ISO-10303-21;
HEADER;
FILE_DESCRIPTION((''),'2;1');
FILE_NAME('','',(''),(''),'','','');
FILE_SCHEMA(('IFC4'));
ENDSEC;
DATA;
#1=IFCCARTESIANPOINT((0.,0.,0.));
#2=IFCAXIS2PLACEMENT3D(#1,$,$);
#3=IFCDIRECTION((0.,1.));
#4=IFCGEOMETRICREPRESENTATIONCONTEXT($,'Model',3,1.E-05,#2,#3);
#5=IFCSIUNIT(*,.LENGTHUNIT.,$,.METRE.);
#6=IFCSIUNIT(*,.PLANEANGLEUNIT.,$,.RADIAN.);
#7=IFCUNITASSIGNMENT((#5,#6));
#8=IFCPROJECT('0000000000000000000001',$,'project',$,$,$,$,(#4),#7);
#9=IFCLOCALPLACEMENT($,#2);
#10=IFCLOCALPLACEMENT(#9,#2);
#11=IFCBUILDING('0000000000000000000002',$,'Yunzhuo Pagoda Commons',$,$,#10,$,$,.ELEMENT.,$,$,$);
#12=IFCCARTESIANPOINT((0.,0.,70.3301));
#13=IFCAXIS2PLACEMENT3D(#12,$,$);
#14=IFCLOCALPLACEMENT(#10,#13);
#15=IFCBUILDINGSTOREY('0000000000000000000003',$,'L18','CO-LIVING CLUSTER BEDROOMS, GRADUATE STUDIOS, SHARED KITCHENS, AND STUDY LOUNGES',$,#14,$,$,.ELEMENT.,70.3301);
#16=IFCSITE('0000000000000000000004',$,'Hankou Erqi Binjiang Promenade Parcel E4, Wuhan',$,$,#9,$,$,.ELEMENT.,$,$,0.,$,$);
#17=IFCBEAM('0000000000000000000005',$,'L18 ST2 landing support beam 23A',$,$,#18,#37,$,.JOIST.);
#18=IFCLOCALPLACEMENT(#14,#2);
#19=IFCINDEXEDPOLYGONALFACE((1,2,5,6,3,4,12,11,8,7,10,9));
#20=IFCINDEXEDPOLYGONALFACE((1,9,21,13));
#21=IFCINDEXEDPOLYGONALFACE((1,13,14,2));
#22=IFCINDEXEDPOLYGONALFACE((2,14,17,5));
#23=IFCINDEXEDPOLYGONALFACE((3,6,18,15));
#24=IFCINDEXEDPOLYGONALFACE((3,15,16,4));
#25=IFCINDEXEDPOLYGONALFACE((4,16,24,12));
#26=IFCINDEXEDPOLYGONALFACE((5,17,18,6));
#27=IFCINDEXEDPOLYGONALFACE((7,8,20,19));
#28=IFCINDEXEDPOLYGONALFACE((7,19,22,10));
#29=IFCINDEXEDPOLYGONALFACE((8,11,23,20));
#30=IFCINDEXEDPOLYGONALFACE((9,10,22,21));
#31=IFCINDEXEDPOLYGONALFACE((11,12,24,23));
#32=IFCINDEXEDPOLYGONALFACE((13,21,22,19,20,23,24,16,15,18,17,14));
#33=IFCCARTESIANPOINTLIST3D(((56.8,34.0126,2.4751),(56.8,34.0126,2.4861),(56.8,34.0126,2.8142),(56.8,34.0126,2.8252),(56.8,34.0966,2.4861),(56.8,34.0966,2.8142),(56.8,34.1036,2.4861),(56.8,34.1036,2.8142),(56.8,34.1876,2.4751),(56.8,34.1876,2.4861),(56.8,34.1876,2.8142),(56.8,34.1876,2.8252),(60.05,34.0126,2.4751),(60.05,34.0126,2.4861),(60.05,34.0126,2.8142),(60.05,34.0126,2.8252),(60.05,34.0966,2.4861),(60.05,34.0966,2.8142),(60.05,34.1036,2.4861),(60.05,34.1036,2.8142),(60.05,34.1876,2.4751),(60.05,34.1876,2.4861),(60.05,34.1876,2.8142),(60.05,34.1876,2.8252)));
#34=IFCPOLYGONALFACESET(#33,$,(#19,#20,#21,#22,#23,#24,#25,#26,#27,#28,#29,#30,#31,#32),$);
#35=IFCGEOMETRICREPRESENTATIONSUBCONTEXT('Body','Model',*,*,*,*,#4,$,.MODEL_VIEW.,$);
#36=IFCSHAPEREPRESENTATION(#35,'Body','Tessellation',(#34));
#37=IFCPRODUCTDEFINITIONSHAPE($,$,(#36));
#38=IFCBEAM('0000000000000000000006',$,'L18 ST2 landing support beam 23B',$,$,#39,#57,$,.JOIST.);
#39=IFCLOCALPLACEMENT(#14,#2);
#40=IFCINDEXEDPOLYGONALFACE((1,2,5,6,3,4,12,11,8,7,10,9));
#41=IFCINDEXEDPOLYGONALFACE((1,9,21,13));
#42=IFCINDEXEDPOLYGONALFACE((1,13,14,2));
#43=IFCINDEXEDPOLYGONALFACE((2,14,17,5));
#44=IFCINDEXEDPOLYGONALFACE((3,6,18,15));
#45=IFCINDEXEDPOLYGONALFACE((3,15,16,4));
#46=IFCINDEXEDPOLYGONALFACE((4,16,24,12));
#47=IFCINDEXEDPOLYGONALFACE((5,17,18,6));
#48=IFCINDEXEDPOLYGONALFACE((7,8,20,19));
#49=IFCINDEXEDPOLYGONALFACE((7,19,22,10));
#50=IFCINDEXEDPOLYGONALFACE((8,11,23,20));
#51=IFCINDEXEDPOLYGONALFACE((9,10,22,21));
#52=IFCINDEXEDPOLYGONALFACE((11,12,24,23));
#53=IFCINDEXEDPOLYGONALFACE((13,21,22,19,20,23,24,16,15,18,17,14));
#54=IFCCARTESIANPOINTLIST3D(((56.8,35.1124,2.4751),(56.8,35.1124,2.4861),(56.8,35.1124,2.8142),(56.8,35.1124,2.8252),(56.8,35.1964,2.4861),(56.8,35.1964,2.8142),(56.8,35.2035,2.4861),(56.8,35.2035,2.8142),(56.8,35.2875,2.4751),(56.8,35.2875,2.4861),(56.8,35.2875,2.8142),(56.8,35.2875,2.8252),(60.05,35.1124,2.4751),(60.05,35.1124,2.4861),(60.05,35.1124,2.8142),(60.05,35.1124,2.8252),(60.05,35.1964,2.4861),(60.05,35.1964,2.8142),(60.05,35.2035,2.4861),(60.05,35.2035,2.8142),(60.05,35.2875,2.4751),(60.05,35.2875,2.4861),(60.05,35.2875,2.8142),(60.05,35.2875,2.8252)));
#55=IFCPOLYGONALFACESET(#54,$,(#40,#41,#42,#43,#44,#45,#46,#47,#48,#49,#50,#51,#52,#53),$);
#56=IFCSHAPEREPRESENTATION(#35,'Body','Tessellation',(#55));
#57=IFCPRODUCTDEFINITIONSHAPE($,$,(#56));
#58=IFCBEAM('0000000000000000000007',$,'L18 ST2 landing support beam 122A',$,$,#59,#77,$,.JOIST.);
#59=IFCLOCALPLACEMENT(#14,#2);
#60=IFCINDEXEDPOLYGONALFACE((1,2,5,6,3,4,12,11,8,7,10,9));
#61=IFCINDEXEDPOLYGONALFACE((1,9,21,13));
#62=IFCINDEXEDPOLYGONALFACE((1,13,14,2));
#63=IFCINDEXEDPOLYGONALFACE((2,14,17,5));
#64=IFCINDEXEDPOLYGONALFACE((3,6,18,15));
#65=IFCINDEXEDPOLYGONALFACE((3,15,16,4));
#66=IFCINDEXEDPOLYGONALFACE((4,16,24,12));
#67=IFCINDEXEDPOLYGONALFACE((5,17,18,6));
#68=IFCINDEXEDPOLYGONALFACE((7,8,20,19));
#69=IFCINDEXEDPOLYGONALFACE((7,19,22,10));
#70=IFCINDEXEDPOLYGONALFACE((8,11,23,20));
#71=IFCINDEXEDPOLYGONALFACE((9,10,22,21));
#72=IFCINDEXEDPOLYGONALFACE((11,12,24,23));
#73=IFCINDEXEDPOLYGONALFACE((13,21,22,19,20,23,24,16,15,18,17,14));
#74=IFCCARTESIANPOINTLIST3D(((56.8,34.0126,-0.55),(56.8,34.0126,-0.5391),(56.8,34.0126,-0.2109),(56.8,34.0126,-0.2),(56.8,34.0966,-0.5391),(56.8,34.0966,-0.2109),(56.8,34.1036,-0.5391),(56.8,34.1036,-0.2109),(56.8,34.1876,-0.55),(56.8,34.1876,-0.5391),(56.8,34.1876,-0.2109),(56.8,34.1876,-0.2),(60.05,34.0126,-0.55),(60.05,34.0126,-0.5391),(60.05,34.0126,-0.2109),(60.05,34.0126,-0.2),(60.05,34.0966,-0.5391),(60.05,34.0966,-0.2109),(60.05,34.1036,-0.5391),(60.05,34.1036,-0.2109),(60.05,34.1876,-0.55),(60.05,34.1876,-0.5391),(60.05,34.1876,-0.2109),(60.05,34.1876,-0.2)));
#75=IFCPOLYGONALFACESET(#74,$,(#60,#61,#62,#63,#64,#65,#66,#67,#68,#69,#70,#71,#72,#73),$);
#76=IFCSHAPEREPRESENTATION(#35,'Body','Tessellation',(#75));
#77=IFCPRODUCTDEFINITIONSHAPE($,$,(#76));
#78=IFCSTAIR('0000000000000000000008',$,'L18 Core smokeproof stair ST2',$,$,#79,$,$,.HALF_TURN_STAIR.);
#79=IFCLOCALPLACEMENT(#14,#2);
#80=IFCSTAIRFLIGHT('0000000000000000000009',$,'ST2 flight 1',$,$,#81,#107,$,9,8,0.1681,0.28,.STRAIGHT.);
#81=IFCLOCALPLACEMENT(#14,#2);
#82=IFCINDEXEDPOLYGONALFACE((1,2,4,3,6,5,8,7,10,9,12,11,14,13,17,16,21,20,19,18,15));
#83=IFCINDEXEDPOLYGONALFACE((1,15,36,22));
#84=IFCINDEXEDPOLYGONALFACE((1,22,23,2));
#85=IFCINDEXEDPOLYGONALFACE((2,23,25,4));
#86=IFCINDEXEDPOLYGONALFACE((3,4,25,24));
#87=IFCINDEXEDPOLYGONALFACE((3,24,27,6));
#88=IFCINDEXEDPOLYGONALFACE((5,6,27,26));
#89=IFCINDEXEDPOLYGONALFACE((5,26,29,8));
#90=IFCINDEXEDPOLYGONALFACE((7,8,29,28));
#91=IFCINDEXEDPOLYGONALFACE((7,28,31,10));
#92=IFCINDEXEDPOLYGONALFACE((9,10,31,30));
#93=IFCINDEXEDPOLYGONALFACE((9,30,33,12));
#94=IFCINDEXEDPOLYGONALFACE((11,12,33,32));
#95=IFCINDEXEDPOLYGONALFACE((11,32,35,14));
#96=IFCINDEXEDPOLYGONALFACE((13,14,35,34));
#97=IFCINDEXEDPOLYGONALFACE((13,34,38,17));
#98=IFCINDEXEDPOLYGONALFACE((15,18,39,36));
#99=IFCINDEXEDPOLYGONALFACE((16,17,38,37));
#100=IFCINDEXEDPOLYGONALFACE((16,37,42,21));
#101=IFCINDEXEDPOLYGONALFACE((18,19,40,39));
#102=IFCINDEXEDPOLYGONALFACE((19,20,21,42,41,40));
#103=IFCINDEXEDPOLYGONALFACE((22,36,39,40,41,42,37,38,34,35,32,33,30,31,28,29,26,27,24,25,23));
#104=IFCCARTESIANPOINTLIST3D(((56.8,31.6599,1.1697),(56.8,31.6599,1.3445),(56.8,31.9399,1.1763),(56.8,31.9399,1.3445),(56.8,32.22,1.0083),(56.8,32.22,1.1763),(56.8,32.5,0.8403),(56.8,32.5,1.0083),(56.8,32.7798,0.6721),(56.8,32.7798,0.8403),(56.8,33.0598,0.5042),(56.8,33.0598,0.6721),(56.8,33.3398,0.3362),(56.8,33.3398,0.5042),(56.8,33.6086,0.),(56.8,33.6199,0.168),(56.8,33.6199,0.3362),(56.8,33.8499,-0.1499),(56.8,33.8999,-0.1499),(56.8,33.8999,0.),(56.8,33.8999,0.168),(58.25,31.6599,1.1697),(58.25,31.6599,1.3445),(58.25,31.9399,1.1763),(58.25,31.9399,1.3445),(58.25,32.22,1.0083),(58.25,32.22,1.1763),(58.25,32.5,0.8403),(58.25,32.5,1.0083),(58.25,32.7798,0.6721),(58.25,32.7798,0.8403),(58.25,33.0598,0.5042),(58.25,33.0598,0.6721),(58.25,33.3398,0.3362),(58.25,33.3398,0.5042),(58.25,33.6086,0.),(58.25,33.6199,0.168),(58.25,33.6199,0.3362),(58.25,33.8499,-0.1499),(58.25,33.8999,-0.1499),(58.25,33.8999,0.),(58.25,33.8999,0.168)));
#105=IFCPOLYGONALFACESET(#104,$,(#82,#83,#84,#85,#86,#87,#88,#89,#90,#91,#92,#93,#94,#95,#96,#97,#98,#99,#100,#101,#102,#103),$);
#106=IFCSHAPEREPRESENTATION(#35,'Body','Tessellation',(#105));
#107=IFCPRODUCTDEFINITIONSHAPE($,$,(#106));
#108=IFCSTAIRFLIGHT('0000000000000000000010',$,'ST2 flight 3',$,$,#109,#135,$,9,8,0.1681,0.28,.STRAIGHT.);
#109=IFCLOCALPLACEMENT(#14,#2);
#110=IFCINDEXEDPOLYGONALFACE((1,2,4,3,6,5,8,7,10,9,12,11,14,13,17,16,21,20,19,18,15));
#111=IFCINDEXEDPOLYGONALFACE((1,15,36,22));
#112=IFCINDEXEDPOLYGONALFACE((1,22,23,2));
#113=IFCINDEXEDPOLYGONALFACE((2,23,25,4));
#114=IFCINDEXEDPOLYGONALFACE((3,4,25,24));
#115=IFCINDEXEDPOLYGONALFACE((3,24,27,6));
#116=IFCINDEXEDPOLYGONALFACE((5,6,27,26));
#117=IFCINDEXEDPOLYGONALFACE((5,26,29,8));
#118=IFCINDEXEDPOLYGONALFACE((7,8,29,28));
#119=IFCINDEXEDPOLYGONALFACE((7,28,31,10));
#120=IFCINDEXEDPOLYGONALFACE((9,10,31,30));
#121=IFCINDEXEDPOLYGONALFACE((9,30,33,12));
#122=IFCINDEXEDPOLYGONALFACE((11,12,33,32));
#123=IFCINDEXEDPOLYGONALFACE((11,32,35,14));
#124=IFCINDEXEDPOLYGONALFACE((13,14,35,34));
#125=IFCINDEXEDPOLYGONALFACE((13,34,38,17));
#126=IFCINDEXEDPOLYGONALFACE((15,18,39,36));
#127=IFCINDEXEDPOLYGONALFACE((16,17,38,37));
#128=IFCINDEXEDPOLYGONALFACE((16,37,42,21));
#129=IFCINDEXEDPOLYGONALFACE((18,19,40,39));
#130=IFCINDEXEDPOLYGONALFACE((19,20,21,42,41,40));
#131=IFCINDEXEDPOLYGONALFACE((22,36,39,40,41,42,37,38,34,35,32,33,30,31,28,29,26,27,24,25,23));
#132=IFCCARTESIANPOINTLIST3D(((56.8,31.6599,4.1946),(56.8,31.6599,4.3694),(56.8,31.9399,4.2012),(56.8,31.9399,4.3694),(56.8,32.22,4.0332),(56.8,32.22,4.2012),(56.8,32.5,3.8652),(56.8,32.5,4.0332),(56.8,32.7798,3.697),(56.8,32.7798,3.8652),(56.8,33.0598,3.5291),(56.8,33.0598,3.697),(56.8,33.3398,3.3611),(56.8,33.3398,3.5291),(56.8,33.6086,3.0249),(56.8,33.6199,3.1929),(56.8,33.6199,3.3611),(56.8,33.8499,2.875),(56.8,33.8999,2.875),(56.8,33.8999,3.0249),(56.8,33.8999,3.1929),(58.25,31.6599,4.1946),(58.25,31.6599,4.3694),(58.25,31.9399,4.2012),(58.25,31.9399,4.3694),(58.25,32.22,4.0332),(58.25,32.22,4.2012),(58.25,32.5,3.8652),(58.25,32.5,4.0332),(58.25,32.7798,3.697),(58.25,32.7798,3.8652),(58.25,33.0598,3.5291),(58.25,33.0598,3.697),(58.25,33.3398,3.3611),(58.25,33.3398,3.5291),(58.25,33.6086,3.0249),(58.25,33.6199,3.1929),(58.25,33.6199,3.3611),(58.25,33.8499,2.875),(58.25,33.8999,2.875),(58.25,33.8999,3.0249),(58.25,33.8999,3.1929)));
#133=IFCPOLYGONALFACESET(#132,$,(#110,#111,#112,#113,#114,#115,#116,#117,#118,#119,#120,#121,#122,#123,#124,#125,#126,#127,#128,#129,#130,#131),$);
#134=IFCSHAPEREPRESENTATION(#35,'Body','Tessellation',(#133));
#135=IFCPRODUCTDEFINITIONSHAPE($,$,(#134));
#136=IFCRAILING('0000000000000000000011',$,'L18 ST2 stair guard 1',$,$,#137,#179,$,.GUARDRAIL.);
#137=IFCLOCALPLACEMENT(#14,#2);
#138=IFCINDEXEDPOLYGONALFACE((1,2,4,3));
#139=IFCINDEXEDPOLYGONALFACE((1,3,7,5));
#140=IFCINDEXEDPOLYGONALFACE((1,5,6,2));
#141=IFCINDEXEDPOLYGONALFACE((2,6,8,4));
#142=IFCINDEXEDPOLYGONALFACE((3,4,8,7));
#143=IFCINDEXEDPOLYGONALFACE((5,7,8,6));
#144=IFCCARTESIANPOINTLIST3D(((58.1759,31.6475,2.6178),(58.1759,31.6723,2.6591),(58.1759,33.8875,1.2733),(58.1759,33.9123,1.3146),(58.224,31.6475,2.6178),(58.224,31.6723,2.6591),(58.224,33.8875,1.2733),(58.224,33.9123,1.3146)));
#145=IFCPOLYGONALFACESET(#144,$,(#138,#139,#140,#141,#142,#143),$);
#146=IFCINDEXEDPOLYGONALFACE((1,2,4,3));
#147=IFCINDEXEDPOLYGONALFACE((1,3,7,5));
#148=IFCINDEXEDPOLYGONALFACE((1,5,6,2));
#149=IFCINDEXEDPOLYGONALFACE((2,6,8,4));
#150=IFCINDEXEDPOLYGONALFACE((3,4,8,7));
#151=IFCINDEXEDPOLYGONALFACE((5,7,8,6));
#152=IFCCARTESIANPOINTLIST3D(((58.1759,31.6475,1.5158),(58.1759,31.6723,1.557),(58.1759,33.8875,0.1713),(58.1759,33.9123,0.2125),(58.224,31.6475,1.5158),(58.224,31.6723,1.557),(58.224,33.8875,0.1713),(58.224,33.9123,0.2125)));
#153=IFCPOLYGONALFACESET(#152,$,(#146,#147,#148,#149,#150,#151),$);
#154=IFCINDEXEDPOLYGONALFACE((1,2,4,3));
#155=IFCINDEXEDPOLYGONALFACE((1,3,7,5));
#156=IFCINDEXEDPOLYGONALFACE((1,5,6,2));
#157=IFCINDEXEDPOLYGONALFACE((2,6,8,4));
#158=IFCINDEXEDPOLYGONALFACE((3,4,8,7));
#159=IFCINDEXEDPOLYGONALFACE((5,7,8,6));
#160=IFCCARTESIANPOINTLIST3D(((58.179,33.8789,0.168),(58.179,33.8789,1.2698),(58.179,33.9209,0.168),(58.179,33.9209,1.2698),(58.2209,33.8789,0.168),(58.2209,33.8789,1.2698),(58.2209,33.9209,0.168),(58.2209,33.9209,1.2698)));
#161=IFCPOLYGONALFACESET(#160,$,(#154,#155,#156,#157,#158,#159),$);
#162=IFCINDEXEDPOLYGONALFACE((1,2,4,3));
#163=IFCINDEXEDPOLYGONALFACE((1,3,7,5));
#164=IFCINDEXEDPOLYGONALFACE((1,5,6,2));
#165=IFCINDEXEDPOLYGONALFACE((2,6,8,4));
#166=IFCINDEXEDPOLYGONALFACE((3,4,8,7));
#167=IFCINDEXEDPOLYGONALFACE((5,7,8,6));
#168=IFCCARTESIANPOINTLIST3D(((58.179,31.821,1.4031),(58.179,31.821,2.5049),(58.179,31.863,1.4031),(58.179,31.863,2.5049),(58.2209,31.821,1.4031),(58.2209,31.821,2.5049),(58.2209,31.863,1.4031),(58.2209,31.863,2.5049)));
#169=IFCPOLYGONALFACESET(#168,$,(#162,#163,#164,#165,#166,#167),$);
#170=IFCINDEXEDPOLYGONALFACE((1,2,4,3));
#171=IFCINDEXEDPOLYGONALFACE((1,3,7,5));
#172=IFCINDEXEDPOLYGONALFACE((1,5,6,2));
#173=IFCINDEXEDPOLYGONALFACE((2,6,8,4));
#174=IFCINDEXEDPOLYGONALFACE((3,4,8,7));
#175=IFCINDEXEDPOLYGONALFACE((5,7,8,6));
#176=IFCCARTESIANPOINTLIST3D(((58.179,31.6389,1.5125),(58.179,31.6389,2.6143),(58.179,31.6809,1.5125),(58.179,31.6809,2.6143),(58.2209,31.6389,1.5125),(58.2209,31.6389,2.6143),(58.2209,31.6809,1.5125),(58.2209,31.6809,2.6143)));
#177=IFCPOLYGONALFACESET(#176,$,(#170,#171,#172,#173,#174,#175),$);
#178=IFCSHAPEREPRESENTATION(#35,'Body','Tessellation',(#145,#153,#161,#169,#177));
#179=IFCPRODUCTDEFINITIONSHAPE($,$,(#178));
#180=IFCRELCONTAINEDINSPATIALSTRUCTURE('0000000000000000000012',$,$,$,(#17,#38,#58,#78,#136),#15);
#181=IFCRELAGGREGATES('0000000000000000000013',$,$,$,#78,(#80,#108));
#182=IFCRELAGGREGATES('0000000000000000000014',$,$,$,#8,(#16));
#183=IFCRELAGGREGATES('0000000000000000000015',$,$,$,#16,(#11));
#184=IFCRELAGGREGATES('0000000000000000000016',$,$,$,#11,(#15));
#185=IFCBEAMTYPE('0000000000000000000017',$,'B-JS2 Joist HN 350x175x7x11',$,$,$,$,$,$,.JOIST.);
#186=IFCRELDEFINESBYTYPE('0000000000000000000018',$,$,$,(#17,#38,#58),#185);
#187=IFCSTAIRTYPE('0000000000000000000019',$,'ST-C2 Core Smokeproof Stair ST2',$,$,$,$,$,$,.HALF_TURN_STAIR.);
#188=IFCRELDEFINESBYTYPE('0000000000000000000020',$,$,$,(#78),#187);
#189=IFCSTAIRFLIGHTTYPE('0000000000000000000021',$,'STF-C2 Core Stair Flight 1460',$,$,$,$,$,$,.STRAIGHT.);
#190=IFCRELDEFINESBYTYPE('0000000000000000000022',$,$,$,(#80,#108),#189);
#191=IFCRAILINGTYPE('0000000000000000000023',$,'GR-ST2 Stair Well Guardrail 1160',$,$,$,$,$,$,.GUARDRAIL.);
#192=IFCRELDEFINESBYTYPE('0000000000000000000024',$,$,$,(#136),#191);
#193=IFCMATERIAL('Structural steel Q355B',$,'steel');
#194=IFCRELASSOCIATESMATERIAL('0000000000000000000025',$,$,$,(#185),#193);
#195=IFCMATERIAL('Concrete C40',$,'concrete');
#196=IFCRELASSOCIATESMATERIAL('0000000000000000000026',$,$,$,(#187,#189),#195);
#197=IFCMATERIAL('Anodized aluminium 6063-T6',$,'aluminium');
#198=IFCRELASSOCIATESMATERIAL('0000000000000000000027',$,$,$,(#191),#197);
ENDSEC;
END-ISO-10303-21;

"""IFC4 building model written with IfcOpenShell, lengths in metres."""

from ifc_helpers import new_model, si_unit, direction, frame, origin, origin_2d, place, context, subcontext, project, spatial, polyline, rectangle, i_section, outline, extrude, source, transform, mapped, material, material_profile, profile_set, type_object, element, aggregate, save


model = new_model("IFC4")

# Units and contexts
model_context = context("Model", 3, precision=1e-05, world=origin(), true_north=direction((0.0, 1.0)))
body_context = subcontext(model_context, "Body", "Model", "MODEL_VIEW")
ifc_project = project(units=[si_unit("LENGTHUNIT", "METRE"), si_unit("PLANEANGLEUNIT", "RADIAN")], contexts=[model_context])

# Site, building, storey
site_placement = place(None, origin())
site = spatial("IfcSite", under=ifc_project, at=site_placement, Name="Hankou Erqi Binjiang Promenade Parcel E4, Wuhan", CompositionType="ELEMENT", RefElevation=0.0)
building_placement = place(site_placement, origin())
building = spatial("IfcBuilding", under=site, at=building_placement, Name="Yunzhuo Pagoda Commons", CompositionType="ELEMENT")
storey_placement = place(building_placement, frame((0.0, 0.0, 70.3301)))
storey = spatial("IfcBuildingStorey", under=building, at=storey_placement, Name="L18", Description="CO-LIVING CLUSTER BEDROOMS, GRADUATE STUDIOS, SHARED KITCHENS, AND STUDY LOUNGES", CompositionType="ELEMENT", Elevation=70.3301)

# Beams
ifc_material_1 = material(Name="Structural steel Q355B", Category="steel")
ifc_material_profile = material_profile(ifc_material_1, i_section(OverallWidth=0.175, OverallDepth=0.3501, WebThickness=0.0071, FlangeThickness=0.011, at=origin_2d()), Name="Structural steel Q355B")
ifc_profile_set = profile_set([ifc_material_profile], Name="Structural steel Q355B")
beam_type = type_object("IfcBeamType", Name="B-JS2 Joist HN 350x175x7x11", PredefinedType="JOIST", material=ifc_profile_set)
shared_shape_1 = source(origin(), body_context, "Body", "SweptSolid", [
    extrude(i_section(OverallWidth=0.175, OverallDepth=0.3501, WebThickness=0.0071, FlangeThickness=0.011, at=origin_2d()), origin(), (0.0, 0.0, 1.0), 3.25),
])
for number, where, z_axis, x_axis, name in (
    (1, (56.8, 34.1001, 2.6501), (1.0, 0.0, 0.0), (0.0, 1.0, 0.0), "L18 ST2 landing support beam 23A"),
    (2, (56.8, 35.2, 2.6501), (1.0, 0.0, 0.0), (0.0, 1.0, 0.0), "L18 ST2 landing support beam 23B"),
    (3, (56.8, 34.1001, -0.375), (1.0, 0.0, 0.0), (0.0, 1.0, 0.0), "L18 ST2 landing support beam 122A"),
):
    element("IfcBeam", number, at=place(storey_placement, frame(where, z_axis=z_axis, x_axis=x_axis)), inside=storey, type_object=beam_type, Name=name, PredefinedType="JOIST", context=body_context, shape_type="MappedRepresentation", body=[
        mapped(shared_shape_1, transform((0.0, 0.0, 0.0), scale=1.0)),
    ])

# Stair, stair flights
ifc_material_2 = material(Name="Concrete C40", Category="concrete")
stair_type = type_object("IfcStairType", Name="ST-C2 Core Smokeproof Stair ST2", PredefinedType="HALF_TURN_STAIR", material=ifc_material_2)
stair_placement = place(storey_placement, origin())
stair = element("IfcStair", 4, at=stair_placement, inside=storey, type_object=stair_type, Name="L18 Core smokeproof stair ST2", PredefinedType="HALF_TURN_STAIR")
stair_flight_type = type_object("IfcStairFlightType", Name="STF-C2 Core Stair Flight 1460", PredefinedType="STRAIGHT", material=ifc_material_2)
shared_shape_2 = source(origin(), body_context, "Body", "SweptSolid", [
    extrude(outline(polyline([(0.0, -0.1499), (0.0, 0.0), (0.0, 0.168), (0.28, 0.168), (0.28, 0.3362), (0.5601, 0.3362), (0.5601, 0.5042), (0.8401, 0.5042), (0.8401, 0.6721), (1.1201, 0.6721), (1.1201, 0.8403), (1.3999, 0.8403), (1.3999, 1.0083), (1.6799, 1.0083), (1.6799, 1.1763), (1.96, 1.1763), (1.96, 1.3445), (2.24, 1.3445), (2.24, 1.5125), (2.24, 1.1697), (0.2913, 0.0), (0.05, -0.1499), (0.0, -0.1499)])), frame((0.0, 0.7251, 0.0), z_axis=(0.0, -1.0, 0.0), x_axis=(1.0, 0.0, 0.0)), (0.0, 0.0, 1.0), 1.45),
])
stair_flight_1_placement = place(storey_placement, frame((57.5249, 33.8999, 0.0), z_axis=(0.0, 0.0, 1.0), x_axis=(0.0, -1.0, 0.0)))
stair_flight_1 = element("IfcStairFlight", 5, at=stair_flight_1_placement, type_object=stair_flight_type, Name="ST2 flight 1", NumberOfRisers=9, NumberOfTreads=8, PredefinedType="STRAIGHT", RiserHeight=0.1681, TreadLength=0.28, context=body_context, shape_type="MappedRepresentation", body=[
    mapped(shared_shape_2, transform((0.0, 0.0, 0.0), scale=1.0)),
])
stair_flight_2_placement = place(storey_placement, frame((57.5249, 33.8999, 3.0249), z_axis=(0.0, 0.0, 1.0), x_axis=(0.0, -1.0, 0.0)))
stair_flight_2 = element("IfcStairFlight", 6, at=stair_flight_2_placement, type_object=stair_flight_type, Name="ST2 flight 3", NumberOfRisers=9, NumberOfTreads=8, PredefinedType="STRAIGHT", RiserHeight=0.1681, TreadLength=0.28, context=body_context, shape_type="MappedRepresentation", body=[
    mapped(shared_shape_2, transform((0.0, 0.0, 0.0), scale=1.0)),
])
aggregate(stair, [stair_flight_1, stair_flight_2])

# Railing
ifc_material_3 = material(Name="Anodized aluminium 6063-T6", Category="aluminium")
railing_type_1 = type_object("IfcRailingType", Name="GR-ST2 Stair Well Guardrail 1160", PredefinedType="GUARDRAIL", material=ifc_material_3)
railing_1_placement = place(storey_placement, frame((58.2, 33.8999, 0.168)))
element("IfcRailing", 7, at=railing_1_placement, inside=storey, type_object=railing_type_1, Name="L18 ST2 stair guard 1", PredefinedType="GUARDRAIL", context=body_context, shape_type="SweptSolid", body=[
    extrude(rectangle(XDim=0.0481, YDim=0.0481, at=origin_2d()), frame((0.0, 0.0, 1.126), z_axis=(0.0, -0.85741, 0.514633), x_axis=(1.0, 0.0, 0.0)), (0.0, 0.0, 1.0), 2.6125),
    extrude(rectangle(XDim=0.0481, YDim=0.0481, at=origin_2d()), frame((0.0, 0.0, 0.0239), z_axis=(0.0, -0.85741, 0.514633), x_axis=(1.0, 0.0, 0.0)), (0.0, 0.0, 1.0), 2.6125),
    extrude(rectangle(XDim=0.042, YDim=0.042, at=origin_2d()), origin(), (0.0, 0.0, 1.0), 1.1018),
    extrude(rectangle(XDim=0.042, YDim=0.042, at=origin_2d()), frame((0.0, -2.0579, 1.2351)), (0.0, 0.0, 1.0), 1.1018),
    extrude(rectangle(XDim=0.042, YDim=0.042, at=origin_2d()), frame((0.0, -2.24, 1.3445)), (0.0, 0.0, 1.0), 1.1018),
])

save(model, "model.ifc")
